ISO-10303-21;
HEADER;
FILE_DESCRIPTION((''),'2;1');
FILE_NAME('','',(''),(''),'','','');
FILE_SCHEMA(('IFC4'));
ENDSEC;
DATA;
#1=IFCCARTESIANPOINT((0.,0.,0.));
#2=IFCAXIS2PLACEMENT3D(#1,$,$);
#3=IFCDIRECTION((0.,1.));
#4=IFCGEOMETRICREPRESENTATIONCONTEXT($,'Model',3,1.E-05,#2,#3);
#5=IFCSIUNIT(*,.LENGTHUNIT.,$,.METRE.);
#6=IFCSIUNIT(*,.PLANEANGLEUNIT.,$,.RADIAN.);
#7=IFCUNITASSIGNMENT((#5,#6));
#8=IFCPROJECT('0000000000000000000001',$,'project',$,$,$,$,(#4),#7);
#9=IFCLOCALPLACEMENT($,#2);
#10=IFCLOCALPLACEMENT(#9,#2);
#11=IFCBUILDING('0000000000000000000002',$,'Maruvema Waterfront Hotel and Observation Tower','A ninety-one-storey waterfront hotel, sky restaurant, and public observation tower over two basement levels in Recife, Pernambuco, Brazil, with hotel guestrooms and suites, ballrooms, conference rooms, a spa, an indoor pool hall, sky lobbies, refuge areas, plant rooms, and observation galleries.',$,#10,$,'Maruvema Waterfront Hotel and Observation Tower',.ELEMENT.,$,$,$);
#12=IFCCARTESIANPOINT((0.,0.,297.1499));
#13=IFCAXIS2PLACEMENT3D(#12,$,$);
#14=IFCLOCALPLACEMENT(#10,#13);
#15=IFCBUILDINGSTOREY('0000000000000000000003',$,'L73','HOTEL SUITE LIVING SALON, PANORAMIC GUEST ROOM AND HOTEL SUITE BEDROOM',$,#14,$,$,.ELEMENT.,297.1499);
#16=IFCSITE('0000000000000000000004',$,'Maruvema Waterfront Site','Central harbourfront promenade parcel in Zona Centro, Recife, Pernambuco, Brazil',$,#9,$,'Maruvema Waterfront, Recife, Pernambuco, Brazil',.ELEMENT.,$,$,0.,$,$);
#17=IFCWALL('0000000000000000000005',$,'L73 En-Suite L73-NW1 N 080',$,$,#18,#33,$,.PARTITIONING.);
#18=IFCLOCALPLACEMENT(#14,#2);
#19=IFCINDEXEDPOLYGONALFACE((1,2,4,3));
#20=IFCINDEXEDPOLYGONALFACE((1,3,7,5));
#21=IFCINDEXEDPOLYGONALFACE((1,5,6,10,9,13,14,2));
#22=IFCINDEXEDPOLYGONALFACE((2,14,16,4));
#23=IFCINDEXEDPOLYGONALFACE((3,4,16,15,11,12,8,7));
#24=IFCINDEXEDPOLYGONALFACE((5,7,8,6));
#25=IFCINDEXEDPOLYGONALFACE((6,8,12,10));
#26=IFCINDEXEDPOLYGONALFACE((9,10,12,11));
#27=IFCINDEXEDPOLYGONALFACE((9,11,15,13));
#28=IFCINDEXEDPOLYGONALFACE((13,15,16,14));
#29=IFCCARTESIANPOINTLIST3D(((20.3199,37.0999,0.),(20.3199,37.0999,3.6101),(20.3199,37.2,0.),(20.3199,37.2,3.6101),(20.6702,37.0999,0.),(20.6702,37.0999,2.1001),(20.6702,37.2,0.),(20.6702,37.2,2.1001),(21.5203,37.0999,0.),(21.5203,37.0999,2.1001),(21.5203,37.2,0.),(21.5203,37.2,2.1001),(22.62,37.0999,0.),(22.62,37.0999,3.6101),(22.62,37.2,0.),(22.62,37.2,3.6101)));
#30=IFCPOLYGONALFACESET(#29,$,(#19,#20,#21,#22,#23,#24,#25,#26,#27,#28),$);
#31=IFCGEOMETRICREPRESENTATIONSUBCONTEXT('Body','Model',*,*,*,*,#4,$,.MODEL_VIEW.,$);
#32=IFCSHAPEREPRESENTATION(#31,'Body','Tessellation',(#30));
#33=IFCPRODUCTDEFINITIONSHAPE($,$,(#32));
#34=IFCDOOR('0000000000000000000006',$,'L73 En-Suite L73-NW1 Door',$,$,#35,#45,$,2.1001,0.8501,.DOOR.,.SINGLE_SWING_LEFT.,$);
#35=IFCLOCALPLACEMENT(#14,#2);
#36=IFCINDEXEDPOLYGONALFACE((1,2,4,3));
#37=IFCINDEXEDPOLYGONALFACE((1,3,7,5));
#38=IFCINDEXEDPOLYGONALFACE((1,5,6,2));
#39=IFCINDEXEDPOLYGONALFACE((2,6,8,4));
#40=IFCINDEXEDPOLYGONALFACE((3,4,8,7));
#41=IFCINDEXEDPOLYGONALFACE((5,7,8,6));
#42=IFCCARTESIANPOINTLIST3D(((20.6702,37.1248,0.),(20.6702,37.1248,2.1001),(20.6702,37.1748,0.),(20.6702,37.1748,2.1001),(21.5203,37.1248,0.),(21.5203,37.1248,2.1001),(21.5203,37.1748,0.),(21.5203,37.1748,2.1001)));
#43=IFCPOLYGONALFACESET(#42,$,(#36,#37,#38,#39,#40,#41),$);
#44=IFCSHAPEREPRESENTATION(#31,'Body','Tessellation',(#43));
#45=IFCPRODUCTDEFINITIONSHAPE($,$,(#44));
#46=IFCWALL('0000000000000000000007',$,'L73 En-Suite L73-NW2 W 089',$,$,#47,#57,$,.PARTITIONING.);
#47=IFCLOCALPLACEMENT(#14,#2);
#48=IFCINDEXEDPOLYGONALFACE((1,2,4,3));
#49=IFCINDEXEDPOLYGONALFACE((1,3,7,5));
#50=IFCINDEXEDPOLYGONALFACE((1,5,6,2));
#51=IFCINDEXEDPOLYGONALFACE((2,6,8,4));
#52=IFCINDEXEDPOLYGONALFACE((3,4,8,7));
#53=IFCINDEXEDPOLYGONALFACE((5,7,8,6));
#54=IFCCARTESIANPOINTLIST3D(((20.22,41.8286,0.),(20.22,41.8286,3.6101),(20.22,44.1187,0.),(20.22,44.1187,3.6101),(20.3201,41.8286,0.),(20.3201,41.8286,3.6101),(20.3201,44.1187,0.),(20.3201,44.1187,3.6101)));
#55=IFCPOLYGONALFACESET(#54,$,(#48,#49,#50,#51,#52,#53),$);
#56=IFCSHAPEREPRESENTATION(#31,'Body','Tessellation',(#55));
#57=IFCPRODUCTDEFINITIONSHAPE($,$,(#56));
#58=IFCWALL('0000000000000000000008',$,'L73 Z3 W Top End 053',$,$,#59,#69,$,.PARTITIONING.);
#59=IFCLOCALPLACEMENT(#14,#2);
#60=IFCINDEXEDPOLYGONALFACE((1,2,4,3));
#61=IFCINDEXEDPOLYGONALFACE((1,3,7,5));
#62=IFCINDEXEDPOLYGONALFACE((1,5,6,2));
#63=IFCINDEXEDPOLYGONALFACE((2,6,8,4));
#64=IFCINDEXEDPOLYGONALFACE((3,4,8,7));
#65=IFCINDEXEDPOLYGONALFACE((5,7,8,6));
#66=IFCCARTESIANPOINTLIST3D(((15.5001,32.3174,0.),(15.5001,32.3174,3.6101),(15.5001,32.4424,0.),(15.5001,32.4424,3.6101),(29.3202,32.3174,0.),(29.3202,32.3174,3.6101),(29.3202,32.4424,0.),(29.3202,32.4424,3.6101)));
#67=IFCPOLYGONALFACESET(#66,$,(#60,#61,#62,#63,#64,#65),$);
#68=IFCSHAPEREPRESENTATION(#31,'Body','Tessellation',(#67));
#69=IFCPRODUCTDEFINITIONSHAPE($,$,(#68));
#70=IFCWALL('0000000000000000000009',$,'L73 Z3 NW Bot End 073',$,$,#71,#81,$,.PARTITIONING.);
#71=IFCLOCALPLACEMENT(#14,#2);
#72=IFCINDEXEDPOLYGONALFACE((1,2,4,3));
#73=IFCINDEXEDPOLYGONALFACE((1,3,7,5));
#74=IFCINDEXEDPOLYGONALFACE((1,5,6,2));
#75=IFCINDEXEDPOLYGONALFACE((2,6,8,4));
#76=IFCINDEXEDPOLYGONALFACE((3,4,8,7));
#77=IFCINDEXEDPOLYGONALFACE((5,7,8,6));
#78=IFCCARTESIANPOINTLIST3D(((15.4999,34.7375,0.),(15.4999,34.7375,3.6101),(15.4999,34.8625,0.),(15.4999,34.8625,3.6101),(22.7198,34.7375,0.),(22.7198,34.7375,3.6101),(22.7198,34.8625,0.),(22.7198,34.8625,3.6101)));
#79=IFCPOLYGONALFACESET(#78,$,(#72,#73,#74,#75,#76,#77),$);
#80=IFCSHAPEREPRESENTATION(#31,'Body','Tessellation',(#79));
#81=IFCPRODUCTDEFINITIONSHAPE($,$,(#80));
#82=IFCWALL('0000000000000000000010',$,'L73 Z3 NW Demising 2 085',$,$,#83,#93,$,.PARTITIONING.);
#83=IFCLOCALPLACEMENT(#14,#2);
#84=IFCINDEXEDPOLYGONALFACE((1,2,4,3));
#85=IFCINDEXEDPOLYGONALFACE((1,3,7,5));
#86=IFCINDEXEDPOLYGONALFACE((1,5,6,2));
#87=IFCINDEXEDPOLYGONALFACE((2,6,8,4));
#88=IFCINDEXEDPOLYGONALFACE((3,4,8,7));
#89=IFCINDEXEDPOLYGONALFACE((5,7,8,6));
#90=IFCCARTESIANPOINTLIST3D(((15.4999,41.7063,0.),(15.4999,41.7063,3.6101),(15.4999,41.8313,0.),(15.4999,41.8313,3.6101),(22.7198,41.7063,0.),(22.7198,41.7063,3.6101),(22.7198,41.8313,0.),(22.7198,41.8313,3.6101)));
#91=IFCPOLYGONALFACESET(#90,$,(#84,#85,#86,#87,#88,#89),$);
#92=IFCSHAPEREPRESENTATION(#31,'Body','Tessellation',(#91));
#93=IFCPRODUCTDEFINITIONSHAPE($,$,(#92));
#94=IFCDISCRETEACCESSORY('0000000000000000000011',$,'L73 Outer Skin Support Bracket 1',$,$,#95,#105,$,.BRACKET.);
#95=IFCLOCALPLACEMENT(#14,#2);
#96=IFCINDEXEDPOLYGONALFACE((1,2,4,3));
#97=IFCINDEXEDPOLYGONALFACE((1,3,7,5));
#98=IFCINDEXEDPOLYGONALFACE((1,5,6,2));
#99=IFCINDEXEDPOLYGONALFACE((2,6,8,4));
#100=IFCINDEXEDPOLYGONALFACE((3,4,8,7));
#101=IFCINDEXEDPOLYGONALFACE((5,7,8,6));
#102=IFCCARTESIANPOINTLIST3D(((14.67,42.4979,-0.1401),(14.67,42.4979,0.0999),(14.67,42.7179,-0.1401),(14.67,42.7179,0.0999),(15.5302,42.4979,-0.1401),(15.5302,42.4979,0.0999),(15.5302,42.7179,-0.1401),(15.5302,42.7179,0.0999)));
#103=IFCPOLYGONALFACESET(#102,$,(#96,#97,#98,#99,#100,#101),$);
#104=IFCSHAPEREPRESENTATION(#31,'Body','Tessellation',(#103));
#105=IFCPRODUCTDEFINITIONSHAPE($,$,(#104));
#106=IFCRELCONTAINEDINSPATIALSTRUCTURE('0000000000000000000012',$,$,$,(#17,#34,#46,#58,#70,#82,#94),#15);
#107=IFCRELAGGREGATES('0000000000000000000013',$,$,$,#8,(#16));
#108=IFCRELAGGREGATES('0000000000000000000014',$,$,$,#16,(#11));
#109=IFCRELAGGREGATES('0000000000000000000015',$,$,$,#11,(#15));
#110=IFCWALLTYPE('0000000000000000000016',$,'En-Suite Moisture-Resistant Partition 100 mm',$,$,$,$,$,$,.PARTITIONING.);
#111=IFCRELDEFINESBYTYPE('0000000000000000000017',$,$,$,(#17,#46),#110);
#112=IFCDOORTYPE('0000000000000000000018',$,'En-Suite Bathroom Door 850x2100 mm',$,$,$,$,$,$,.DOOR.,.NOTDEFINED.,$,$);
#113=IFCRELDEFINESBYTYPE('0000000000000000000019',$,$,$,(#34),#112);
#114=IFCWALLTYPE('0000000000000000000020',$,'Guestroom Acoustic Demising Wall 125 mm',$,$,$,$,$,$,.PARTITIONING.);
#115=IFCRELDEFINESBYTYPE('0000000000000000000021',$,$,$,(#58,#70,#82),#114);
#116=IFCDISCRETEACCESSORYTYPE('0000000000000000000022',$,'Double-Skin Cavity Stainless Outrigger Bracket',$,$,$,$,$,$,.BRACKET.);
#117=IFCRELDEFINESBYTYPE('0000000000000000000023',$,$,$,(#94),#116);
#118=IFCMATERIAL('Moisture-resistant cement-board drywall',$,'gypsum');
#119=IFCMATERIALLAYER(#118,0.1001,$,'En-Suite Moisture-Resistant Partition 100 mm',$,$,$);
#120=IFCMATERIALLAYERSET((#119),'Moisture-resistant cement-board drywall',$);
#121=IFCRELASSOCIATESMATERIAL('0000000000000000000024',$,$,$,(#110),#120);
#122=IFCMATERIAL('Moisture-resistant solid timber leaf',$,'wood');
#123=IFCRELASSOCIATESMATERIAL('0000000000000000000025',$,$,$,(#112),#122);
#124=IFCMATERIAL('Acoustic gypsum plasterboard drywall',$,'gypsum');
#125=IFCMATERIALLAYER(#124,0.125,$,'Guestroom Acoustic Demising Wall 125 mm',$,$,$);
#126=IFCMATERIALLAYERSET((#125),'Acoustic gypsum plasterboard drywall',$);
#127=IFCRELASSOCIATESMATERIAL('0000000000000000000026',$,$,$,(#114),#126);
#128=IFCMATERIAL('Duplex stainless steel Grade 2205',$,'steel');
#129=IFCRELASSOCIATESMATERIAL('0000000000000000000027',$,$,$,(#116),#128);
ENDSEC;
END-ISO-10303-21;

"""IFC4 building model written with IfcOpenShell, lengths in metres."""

from ifc_helpers import new_model, si_unit, direction, frame, frame_2d, origin, origin_2d, place, context, subcontext, project, spatial, rectangle, extrude, material, layer, layer_set, type_object, element, fill, save


model = new_model("IFC4")

# Units and contexts
model_context = context("Model", 3, precision=1e-05, world=origin(), true_north=direction((0.0, 1.0)))
body_context = subcontext(model_context, "Body", "Model", "MODEL_VIEW")
ifc_project = project(units=[si_unit("LENGTHUNIT", "METRE"), si_unit("PLANEANGLEUNIT", "RADIAN")], contexts=[model_context])

# Site, building, storey
site_placement = place(None, origin())
site = spatial("IfcSite", under=ifc_project, at=site_placement, Name="Maruvema Waterfront Site", Description="Central harbourfront promenade parcel in Zona Centro, Recife, Pernambuco, Brazil", LongName="Maruvema Waterfront, Recife, Pernambuco, Brazil", CompositionType="ELEMENT", RefElevation=0.0)
building_placement = place(site_placement, origin())
building = spatial("IfcBuilding", under=site, at=building_placement, Name="Maruvema Waterfront Hotel and Observation Tower", Description="A ninety-one-storey waterfront hotel, sky restaurant, and public observation tower over two basement levels in Recife, Pernambuco, Brazil, with hotel guestrooms and suites, ballrooms, conference rooms, a spa, an indoor pool hall, sky lobbies, refuge areas, plant rooms, and observation galleries.", LongName="Maruvema Waterfront Hotel and Observation Tower", CompositionType="ELEMENT")
storey_placement = place(building_placement, frame((0.0, 0.0, 297.1499)))
storey = spatial("IfcBuildingStorey", under=building, at=storey_placement, Name="L73", Description="HOTEL SUITE LIVING SALON, PANORAMIC GUEST ROOM AND HOTEL SUITE BEDROOM", CompositionType="ELEMENT", Elevation=297.1499)

# Shared definitions
ifc_material_1 = material(Name="Moisture-resistant cement-board drywall", Category="gypsum")
ifc_layer_1 = layer(ifc_material_1, 0.1001, Name="En-Suite Moisture-Resistant Partition 100 mm")
ifc_layer_set_1 = layer_set([ifc_layer_1], Name="Moisture-resistant cement-board drywall")
wall_type_1 = type_object("IfcWallType", Name="En-Suite Moisture-Resistant Partition 100 mm", PredefinedType="PARTITIONING", material=ifc_layer_set_1)

# Wall, opening, door
wall_1_placement = place(storey_placement, frame((20.3201, 37.1499, 0.0), z_axis=(0.0, 0.0, 1.0), x_axis=(1.0, 0.0, 0.0)))
wall_1 = element("IfcWall", 1, at=wall_1_placement, inside=storey, type_object=wall_type_1, Name="L73 En-Suite L73-NW1 N 080", PredefinedType="PARTITIONING", context=body_context, shape_type="SweptSolid", body=[
    extrude(rectangle(XDim=2.3, YDim=0.1001, at=frame_2d((1.1499, 0.0))), origin(), (0.0, 0.0, 1.0), 3.6101),
])
opening_1_placement = place(wall_1_placement, frame((0.3501, 0.0, 0.0)))
opening_1 = element("IfcOpeningElement", 2, at=opening_1_placement, cuts=wall_1, PredefinedType="OPENING", context=body_context, shape_type="SweptSolid", body=[
    extrude(rectangle(XDim=0.8501, YDim=2.1001, at=frame_2d((0.425, 1.05))), frame((0.0, 0.0601, 0.0), z_axis=(0.0, -1.0, 0.0), x_axis=(1.0, 0.0, 0.0)), (0.0, 0.0, 1.0), 0.1201),
])
ifc_material_2 = material(Name="Moisture-resistant solid timber leaf", Category="wood")
door_type_1 = type_object("IfcDoorType", Name="En-Suite Bathroom Door 850x2100 mm", OperationType="NOTDEFINED", PredefinedType="DOOR", material=ifc_material_2)
door_1_placement = place(opening_1_placement, origin())
door_1 = element("IfcDoor", 3, at=door_1_placement, inside=storey, type_object=door_type_1, Name="L73 En-Suite L73-NW1 Door", OperationType="SINGLE_SWING_LEFT", OverallHeight=2.1001, OverallWidth=0.8501, PredefinedType="DOOR", context=body_context, shape_type="SweptSolid", body=[
    extrude(rectangle(XDim=0.8501, YDim=2.1001, at=frame_2d((0.425, 1.05))), frame((0.0, 0.0249, 0.0), z_axis=(0.0, -1.0, 0.0), x_axis=(1.0, 0.0, 0.0)), (0.0, 0.0, 1.0), 0.05),
])
fill(opening_1, door_1)

# Walls
wall_2_placement = place(storey_placement, frame((20.27, 41.8286, 0.0), z_axis=(0.0, 0.0, 1.0), x_axis=(0.0, 1.0, 0.0)))
element("IfcWall", 4, at=wall_2_placement, inside=storey, type_object=wall_type_1, Name="L73 En-Suite L73-NW2 W 089", PredefinedType="PARTITIONING", context=body_context, shape_type="SweptSolid", body=[
    extrude(rectangle(XDim=2.29, YDim=0.1001, at=frame_2d((1.145, 0.0))), origin(), (0.0, 0.0, 1.0), 3.6101),
])
ifc_material_3 = material(Name="Acoustic gypsum plasterboard drywall", Category="gypsum")
ifc_layer_2 = layer(ifc_material_3, 0.125, Name="Guestroom Acoustic Demising Wall 125 mm")
ifc_layer_set_2 = layer_set([ifc_layer_2], Name="Acoustic gypsum plasterboard drywall")
wall_type_2 = type_object("IfcWallType", Name="Guestroom Acoustic Demising Wall 125 mm", PredefinedType="PARTITIONING", material=ifc_layer_set_2)
wall_3_placement = place(storey_placement, frame((15.5, 32.3799, 0.0), z_axis=(0.0, 0.0, 1.0), x_axis=(1.0, 0.0, 0.0)))
element("IfcWall", 5, at=wall_3_placement, inside=storey, type_object=wall_type_2, Name="L73 Z3 W Top End 053", PredefinedType="PARTITIONING", context=body_context, shape_type="SweptSolid", body=[
    extrude(rectangle(XDim=13.8201, YDim=0.125, at=frame_2d((6.9102, 0.0))), origin(), (0.0, 0.0, 1.0), 3.6101),
])
for number, where, z_axis, x_axis, name in (
    (6, (15.5, 34.8, 0.0), (0.0, 0.0, 1.0), (1.0, 0.0, 0.0), "L73 Z3 NW Bot End 073"),
    (7, (15.5, 41.7688, 0.0), (0.0, 0.0, 1.0), (1.0, 0.0, 0.0), "L73 Z3 NW Demising 2 085"),
):
    element("IfcWall", number, at=place(storey_placement, frame(where, z_axis=z_axis, x_axis=x_axis)), inside=storey, type_object=wall_type_2, Name=name, PredefinedType="PARTITIONING", context=body_context, shape_type="SweptSolid", body=[
        extrude(rectangle(XDim=7.22, YDim=0.125, at=frame_2d((3.6099, 0.0))), origin(), (0.0, 0.0, 1.0), 3.6101),
    ])

# Discrete accessory
ifc_material_4 = material(Name="Duplex stainless steel Grade 2205", Category="steel")
discrete_accessory_type = type_object("IfcDiscreteAccessoryType", Name="Double-Skin Cavity Stainless Outrigger Bracket", PredefinedType="BRACKET", material=ifc_material_4)
discrete_accessory_placement = place(storey_placement, frame((15.1001, 42.6079, -0.1401), z_axis=(0.0, 0.0, 1.0), x_axis=(0.0, -1.0, 0.0)))
element("IfcDiscreteAccessory", 8, at=discrete_accessory_placement, inside=storey, type_object=discrete_accessory_type, Name="L73 Outer Skin Support Bracket 1", PredefinedType="BRACKET", context=body_context, shape_type="SweptSolid", body=[
    extrude(rectangle(XDim=0.22, YDim=0.8601, at=origin_2d()), origin(), (0.0, 0.0, 1.0), 0.24),
])

save(model, "model.ifc")
